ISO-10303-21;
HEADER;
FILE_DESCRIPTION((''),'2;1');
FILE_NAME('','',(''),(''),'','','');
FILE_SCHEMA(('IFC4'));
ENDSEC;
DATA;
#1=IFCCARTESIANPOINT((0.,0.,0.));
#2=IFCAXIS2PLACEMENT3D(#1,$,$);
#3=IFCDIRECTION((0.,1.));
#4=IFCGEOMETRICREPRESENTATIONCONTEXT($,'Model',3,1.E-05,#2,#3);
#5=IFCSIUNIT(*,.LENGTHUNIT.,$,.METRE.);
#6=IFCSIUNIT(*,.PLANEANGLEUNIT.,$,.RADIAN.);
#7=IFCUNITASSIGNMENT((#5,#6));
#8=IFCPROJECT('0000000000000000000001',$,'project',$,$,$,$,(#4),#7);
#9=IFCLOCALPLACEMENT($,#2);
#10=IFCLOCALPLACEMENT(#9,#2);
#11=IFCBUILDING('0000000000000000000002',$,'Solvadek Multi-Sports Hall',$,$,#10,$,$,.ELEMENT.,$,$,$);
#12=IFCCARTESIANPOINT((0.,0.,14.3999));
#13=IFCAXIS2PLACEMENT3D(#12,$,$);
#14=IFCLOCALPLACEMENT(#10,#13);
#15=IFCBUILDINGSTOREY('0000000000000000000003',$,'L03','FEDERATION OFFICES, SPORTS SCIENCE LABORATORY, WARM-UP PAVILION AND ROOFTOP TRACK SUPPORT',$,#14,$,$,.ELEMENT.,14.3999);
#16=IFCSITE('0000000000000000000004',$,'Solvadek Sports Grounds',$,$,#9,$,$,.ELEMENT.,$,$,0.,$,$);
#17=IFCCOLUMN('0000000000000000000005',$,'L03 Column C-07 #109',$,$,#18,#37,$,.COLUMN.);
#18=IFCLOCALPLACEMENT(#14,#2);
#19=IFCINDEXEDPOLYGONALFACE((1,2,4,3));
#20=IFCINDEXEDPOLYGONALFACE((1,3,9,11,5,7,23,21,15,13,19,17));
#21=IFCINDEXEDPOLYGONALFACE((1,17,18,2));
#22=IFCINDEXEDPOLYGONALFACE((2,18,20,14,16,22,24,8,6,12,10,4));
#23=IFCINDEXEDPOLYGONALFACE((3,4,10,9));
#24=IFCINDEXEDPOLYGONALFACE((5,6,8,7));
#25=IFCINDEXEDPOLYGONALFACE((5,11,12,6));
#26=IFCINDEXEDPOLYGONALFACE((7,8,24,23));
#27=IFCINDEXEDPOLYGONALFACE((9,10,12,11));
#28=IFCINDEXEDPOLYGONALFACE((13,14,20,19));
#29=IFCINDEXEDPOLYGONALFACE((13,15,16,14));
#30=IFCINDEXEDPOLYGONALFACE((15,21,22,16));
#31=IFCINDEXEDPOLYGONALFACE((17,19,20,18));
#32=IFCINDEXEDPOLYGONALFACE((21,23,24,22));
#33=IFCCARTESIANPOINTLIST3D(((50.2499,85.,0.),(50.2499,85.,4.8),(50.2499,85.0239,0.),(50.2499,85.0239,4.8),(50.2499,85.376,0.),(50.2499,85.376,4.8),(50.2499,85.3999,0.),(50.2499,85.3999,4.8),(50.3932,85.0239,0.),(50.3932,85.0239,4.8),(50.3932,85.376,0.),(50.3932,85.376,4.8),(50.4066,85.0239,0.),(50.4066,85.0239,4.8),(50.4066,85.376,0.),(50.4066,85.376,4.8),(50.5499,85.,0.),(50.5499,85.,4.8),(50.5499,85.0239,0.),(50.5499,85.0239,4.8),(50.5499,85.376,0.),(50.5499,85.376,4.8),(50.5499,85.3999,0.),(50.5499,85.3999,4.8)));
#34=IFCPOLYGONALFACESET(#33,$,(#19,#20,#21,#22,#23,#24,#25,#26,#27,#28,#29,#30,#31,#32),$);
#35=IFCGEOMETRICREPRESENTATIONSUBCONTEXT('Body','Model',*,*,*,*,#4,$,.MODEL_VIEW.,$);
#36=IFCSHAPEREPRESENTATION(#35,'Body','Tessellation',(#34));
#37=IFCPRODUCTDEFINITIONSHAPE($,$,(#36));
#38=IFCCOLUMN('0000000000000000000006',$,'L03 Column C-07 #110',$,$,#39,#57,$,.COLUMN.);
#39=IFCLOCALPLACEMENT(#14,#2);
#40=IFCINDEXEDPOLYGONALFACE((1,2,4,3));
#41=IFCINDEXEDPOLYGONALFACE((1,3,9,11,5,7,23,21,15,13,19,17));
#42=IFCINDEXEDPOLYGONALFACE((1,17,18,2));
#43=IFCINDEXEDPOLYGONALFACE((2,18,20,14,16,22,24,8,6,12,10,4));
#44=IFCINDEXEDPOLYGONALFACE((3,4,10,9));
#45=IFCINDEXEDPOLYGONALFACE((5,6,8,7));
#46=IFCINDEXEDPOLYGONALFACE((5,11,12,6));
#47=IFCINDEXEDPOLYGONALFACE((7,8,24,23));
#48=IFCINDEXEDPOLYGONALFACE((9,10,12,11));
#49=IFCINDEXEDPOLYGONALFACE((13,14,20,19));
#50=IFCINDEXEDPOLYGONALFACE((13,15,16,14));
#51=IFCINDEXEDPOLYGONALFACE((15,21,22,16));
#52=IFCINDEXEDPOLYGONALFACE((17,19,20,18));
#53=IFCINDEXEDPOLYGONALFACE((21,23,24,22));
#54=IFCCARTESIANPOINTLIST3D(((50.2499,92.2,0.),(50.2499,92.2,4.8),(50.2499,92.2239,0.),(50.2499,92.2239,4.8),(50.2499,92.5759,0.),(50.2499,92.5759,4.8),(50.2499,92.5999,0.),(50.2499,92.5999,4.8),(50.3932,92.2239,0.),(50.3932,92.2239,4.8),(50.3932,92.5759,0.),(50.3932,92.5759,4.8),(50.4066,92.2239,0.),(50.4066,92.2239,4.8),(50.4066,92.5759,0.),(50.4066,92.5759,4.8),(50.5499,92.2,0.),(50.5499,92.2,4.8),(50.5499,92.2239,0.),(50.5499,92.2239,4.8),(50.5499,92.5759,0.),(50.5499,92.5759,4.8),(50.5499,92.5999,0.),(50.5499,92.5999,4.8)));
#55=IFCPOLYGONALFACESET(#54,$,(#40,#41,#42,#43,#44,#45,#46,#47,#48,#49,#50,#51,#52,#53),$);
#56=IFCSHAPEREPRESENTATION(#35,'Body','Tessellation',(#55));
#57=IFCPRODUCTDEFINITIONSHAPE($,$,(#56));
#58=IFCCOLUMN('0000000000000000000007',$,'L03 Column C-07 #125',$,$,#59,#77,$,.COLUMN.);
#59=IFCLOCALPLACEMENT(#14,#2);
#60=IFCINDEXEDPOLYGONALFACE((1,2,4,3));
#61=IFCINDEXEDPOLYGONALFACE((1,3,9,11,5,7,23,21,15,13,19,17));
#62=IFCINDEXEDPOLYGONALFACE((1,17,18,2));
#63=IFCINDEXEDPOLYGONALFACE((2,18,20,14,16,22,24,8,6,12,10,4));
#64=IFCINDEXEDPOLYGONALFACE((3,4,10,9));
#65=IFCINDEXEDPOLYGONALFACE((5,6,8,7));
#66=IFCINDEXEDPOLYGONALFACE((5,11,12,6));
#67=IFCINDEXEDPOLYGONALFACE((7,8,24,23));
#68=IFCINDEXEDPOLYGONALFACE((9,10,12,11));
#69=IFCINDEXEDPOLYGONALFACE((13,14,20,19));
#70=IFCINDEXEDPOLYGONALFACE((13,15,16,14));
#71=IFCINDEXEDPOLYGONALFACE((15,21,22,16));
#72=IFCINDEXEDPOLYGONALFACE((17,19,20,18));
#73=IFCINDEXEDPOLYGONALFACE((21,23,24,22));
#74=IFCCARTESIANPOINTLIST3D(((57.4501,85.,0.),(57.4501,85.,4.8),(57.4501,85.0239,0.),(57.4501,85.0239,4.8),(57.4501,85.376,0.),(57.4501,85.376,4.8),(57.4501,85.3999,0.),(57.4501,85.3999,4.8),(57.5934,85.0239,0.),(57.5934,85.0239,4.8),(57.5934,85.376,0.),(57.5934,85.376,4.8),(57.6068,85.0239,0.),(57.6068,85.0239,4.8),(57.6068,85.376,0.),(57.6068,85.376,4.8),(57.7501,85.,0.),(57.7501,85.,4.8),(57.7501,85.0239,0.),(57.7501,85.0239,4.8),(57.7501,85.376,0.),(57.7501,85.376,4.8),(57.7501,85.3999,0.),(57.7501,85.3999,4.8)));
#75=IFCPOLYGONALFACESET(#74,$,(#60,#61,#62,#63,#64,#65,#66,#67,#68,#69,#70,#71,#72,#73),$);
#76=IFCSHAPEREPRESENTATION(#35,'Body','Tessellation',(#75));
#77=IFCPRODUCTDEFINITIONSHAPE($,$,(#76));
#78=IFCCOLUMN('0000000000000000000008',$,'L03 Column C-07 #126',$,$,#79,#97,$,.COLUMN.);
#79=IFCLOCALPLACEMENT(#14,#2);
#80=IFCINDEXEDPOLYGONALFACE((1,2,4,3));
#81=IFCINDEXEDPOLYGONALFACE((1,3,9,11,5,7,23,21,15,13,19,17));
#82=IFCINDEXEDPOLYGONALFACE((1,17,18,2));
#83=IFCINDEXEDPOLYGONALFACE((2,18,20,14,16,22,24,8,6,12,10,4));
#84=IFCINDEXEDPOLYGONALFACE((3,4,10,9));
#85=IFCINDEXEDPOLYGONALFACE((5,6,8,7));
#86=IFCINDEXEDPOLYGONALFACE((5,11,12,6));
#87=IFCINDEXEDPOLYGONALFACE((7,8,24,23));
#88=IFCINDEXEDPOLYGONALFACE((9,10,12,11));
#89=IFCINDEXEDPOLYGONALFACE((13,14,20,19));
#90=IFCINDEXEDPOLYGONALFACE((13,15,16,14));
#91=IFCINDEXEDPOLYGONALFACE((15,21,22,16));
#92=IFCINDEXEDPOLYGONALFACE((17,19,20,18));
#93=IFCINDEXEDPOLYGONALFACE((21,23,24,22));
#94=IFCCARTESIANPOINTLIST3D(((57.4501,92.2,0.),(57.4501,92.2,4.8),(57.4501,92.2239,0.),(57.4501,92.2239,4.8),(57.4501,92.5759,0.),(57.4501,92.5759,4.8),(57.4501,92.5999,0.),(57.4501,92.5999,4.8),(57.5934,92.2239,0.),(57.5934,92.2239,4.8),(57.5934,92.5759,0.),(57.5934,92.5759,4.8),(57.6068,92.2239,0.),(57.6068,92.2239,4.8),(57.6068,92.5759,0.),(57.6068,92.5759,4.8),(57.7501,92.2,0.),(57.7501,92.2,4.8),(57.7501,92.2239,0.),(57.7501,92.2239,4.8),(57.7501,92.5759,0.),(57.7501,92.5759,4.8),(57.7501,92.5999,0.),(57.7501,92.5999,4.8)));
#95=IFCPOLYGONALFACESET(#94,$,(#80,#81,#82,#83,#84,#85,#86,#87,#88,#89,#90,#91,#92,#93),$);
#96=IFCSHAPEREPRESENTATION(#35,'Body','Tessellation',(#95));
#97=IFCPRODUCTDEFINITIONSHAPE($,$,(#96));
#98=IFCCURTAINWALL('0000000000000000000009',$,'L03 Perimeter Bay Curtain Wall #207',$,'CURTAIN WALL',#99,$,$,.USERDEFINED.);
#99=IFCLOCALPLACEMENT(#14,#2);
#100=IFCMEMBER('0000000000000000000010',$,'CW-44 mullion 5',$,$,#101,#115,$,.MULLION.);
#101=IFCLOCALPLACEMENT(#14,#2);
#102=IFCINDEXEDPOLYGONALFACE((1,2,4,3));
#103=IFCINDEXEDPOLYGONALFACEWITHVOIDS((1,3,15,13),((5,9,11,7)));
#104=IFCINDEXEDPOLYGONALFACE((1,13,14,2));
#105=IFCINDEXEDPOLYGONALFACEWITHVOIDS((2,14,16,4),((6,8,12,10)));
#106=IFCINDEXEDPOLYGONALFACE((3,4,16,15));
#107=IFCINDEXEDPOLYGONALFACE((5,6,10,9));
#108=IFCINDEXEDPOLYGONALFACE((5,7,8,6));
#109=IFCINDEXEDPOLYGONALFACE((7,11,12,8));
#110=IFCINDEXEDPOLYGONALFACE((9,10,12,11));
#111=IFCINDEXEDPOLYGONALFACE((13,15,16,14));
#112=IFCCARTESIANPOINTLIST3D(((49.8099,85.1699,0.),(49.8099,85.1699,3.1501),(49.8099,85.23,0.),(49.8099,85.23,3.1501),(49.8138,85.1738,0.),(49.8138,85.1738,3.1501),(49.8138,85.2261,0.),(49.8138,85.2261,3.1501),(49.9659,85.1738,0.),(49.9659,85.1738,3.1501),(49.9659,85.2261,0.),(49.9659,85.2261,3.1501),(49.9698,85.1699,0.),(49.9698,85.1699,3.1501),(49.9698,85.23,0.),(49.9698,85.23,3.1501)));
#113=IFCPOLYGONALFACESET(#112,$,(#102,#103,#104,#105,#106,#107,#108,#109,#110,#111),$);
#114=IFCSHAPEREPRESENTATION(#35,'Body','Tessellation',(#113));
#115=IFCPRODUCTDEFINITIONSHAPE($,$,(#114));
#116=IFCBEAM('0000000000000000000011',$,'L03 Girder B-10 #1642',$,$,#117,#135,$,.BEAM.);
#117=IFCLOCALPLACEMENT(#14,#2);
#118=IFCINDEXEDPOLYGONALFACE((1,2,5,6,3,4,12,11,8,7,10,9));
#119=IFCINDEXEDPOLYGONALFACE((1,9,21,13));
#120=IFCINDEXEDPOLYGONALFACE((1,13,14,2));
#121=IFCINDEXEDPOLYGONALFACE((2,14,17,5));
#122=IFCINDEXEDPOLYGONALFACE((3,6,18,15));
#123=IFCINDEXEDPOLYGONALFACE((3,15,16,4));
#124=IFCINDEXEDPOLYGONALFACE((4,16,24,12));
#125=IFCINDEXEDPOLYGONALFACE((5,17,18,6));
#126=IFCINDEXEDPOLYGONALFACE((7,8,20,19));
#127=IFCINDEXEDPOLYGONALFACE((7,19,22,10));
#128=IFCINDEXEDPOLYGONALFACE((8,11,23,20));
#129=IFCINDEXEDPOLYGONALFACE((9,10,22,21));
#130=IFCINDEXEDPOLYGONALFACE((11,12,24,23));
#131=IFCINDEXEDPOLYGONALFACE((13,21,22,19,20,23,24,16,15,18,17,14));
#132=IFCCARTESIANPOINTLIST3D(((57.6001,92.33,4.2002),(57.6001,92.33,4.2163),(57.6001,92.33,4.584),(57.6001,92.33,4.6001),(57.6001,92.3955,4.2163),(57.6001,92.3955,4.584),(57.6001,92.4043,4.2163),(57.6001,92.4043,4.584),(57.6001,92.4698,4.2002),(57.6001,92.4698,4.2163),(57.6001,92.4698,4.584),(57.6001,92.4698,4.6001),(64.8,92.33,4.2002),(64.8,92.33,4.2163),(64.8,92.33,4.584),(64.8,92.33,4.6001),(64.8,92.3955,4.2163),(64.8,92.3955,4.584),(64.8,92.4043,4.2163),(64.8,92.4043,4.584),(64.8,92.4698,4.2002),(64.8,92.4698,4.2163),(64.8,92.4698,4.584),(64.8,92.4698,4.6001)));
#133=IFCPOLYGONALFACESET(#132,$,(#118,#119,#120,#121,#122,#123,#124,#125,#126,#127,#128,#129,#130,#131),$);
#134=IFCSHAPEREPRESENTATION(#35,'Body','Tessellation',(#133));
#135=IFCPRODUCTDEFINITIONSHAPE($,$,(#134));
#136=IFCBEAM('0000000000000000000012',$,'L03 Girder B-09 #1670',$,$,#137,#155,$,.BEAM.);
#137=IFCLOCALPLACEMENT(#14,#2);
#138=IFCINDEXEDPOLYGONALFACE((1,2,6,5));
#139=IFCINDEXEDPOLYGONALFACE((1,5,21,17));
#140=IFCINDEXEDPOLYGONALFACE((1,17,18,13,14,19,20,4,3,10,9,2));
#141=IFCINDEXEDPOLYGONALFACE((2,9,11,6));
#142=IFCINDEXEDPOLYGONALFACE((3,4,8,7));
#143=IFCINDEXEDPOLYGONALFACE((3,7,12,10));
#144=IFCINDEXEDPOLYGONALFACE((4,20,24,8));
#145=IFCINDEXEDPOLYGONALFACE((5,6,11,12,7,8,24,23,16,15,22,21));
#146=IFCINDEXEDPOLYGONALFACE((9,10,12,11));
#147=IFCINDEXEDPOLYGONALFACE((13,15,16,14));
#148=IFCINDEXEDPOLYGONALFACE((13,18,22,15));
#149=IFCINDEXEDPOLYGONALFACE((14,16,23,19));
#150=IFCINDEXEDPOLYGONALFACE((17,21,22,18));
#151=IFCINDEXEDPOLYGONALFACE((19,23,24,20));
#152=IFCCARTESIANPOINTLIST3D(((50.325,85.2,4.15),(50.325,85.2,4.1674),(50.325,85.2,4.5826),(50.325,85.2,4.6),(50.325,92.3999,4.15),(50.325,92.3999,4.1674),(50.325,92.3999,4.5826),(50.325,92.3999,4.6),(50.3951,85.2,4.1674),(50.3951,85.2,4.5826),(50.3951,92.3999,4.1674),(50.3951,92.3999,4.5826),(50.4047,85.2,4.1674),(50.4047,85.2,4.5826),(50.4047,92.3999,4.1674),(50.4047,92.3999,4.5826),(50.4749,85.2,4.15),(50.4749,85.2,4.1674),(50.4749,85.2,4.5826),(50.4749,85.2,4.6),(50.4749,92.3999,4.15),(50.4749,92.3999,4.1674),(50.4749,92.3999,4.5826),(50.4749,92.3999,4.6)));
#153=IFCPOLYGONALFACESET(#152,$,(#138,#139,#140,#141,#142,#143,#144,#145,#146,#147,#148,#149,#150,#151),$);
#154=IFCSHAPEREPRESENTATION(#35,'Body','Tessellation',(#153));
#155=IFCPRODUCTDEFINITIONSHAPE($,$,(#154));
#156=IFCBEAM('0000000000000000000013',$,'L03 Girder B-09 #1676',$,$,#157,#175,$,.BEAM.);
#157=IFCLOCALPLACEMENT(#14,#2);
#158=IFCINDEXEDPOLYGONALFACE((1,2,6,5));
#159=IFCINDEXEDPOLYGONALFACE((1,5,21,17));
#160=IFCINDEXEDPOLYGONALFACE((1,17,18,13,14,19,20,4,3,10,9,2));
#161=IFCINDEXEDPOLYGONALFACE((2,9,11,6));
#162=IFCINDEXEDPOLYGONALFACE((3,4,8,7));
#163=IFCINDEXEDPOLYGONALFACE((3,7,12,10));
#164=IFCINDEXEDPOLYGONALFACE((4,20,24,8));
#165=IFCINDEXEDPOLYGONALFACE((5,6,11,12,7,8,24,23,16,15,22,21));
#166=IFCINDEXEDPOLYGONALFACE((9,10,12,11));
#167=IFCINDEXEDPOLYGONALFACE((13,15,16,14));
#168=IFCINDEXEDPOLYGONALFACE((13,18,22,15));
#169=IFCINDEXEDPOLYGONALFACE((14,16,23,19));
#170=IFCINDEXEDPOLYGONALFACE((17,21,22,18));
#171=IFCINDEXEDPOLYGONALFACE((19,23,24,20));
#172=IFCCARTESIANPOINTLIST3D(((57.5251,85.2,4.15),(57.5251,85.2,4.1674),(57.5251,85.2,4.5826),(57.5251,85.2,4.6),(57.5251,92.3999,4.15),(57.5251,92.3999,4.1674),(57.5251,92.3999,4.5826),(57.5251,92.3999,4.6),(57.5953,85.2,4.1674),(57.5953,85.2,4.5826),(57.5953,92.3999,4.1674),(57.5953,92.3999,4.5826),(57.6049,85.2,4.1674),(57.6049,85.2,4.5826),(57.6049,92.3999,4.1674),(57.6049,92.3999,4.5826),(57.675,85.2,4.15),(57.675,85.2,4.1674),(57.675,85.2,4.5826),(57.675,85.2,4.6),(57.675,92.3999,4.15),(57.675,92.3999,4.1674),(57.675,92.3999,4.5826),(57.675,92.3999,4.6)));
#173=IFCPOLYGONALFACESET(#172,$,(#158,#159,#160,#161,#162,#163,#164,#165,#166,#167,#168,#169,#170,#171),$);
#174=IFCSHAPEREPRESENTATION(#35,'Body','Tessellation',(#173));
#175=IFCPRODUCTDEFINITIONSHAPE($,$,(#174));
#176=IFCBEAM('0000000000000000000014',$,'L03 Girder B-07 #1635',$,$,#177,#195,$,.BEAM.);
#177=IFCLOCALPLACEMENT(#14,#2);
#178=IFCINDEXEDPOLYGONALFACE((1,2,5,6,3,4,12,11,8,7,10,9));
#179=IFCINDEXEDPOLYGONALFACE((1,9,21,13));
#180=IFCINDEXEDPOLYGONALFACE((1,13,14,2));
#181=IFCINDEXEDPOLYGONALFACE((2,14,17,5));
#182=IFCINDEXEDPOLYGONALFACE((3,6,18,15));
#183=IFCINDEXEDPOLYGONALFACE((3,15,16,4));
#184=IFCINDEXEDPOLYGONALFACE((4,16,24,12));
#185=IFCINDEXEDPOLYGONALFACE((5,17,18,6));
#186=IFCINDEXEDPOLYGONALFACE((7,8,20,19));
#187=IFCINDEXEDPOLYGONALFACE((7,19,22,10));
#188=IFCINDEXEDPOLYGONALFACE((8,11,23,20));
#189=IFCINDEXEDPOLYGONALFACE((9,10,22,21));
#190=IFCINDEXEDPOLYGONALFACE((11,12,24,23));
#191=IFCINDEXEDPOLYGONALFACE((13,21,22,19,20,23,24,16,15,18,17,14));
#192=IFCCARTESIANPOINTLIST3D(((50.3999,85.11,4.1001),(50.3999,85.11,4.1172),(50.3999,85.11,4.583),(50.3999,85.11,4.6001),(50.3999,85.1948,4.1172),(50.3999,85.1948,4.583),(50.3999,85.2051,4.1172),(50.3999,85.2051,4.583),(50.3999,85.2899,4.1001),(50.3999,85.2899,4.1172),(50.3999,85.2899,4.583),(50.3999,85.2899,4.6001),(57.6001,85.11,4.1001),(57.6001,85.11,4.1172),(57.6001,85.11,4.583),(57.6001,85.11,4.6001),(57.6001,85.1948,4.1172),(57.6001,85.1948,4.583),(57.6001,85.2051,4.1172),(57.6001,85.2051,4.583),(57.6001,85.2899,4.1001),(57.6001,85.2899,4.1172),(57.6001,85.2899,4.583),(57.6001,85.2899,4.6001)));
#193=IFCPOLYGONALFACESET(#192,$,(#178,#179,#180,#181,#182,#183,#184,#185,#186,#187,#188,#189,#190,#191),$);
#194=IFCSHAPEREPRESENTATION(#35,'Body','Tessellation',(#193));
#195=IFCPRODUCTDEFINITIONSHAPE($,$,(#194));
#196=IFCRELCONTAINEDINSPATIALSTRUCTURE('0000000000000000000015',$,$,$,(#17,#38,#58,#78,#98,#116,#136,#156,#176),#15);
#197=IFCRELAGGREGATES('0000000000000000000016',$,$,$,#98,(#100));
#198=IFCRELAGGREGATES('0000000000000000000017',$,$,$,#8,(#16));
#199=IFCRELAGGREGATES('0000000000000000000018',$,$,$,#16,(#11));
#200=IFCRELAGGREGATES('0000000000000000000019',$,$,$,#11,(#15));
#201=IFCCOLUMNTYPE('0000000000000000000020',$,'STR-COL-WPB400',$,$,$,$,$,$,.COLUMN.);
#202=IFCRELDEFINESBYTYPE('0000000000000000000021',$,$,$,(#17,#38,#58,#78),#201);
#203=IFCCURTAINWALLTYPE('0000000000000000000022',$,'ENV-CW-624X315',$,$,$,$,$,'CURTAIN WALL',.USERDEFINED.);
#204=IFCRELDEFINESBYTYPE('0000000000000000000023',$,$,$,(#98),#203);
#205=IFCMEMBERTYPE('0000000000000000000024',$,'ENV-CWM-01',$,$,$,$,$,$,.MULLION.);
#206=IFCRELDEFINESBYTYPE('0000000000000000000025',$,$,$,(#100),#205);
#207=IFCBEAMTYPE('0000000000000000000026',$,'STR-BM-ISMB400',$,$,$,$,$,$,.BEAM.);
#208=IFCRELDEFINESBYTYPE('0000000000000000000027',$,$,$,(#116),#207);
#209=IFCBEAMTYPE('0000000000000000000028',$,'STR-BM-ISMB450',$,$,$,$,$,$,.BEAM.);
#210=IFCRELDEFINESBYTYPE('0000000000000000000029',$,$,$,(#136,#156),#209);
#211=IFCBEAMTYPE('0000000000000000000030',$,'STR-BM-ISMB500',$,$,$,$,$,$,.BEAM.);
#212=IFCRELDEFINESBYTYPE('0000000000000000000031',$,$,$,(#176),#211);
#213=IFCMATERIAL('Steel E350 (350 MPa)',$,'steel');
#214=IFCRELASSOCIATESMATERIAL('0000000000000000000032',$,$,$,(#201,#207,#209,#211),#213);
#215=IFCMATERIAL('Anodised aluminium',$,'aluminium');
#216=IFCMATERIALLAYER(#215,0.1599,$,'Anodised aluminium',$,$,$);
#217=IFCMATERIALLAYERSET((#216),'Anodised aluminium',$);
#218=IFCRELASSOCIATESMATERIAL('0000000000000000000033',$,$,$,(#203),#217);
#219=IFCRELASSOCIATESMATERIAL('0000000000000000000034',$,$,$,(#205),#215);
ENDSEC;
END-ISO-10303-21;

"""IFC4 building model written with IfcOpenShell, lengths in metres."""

from ifc_helpers import new_model, si_unit, direction, frame, origin, origin_2d, place, context, subcontext, project, spatial, hollow_rectangle, i_section, extrude, material, layer, layer_set, material_profile, profile_set, type_object, element, aggregate, save


model = new_model("IFC4")

# Units and contexts
model_context = context("Model", 3, precision=1e-05, world=origin(), true_north=direction((0.0, 1.0)))
body_context = subcontext(model_context, "Body", "Model", "MODEL_VIEW")
ifc_project = project(units=[si_unit("LENGTHUNIT", "METRE"), si_unit("PLANEANGLEUNIT", "RADIAN")], contexts=[model_context])

# Site, building, storey
site_placement = place(None, origin())
site = spatial("IfcSite", under=ifc_project, at=site_placement, Name="Solvadek Sports Grounds", CompositionType="ELEMENT", RefElevation=0.0)
building_placement = place(site_placement, origin())
building = spatial("IfcBuilding", under=site, at=building_placement, Name="Solvadek Multi-Sports Hall", CompositionType="ELEMENT")
storey_placement = place(building_placement, frame((0.0, 0.0, 14.3999)))
storey = spatial("IfcBuildingStorey", under=building, at=storey_placement, Name="L03", Description="FEDERATION OFFICES, SPORTS SCIENCE LABORATORY, WARM-UP PAVILION AND ROOFTOP TRACK SUPPORT", CompositionType="ELEMENT", Elevation=14.3999)

# Columns
ifc_material_1 = material(Name="Steel E350 (350 MPa)", Category="steel")
ifc_material_profile_1 = material_profile(ifc_material_1, i_section(OverallWidth=0.3, OverallDepth=0.3999, WebThickness=0.0134, FlangeThickness=0.0239, at=origin_2d()), Name="WPB 400")
ifc_profile_set_1 = profile_set([ifc_material_profile_1], Name="Steel E350 (350 MPa)")
column_type = type_object("IfcColumnType", Name="STR-COL-WPB400", PredefinedType="COLUMN", material=ifc_profile_set_1)
for number, where, z_axis, x_axis, name in (
    (1, (50.3999, 85.2, 0.0), (0.0, 0.0, 1.0), (1.0, 0.0, 0.0), "L03 Column C-07 #109"),
    (2, (50.3999, 92.3999, 0.0), (0.0, 0.0, 1.0), (1.0, 0.0, 0.0), "L03 Column C-07 #110"),
    (3, (57.6001, 85.2, 0.0), (0.0, 0.0, 1.0), (1.0, 0.0, 0.0), "L03 Column C-07 #125"),
    (4, (57.6001, 92.3999, 0.0), (0.0, 0.0, 1.0), (1.0, 0.0, 0.0), "L03 Column C-07 #126"),
):
    element("IfcColumn", number, at=place(storey_placement, frame(where, z_axis=z_axis, x_axis=x_axis)), inside=storey, type_object=column_type, Name=name, PredefinedType="COLUMN", context=body_context, shape_type="SweptSolid", body=[
        extrude(i_section(OverallWidth=0.3, OverallDepth=0.3999, WebThickness=0.0134, FlangeThickness=0.0239, at=origin_2d()), origin(), (0.0, 0.0, 1.0), 4.8),
    ])

# Curtain wall, member
ifc_material_2 = material(Name="Anodised aluminium", Category="aluminium")
ifc_layer_1 = layer(ifc_material_2, 0.1599, Name="Anodised aluminium")
ifc_layer_set_1 = layer_set([ifc_layer_1], Name="Anodised aluminium")
curtain_wall_type = type_object("IfcCurtainWallType", Name="ENV-CW-624X315", ElementType="CURTAIN WALL", PredefinedType="USERDEFINED", material=ifc_layer_set_1)
curtain_wall_placement = place(storey_placement, origin())
curtain_wall = element("IfcCurtainWall", 5, at=curtain_wall_placement, inside=storey, type_object=curtain_wall_type, Name="L03 Perimeter Bay Curtain Wall #207", ObjectType="CURTAIN WALL", PredefinedType="USERDEFINED")
ifc_material_profile_2 = material_profile(ifc_material_2, hollow_rectangle(XDim=0.0601, YDim=0.1599, WallThickness=0.0039, at=origin_2d()), Name="ALU-M 160x60x4")
ifc_profile_set_2 = profile_set([ifc_material_profile_2], Name="Anodised aluminium")
member_type = type_object("IfcMemberType", Name="ENV-CWM-01", PredefinedType="MULLION", material=ifc_profile_set_2)
member_placement = place(storey_placement, frame((49.8899, 85.2, 0.0), z_axis=(0.0, 0.0, 1.0), x_axis=(0.0, 1.0, 0.0)))
member = element("IfcMember", 6, at=member_placement, type_object=member_type, Name="CW-44 mullion 5", PredefinedType="MULLION", context=body_context, shape_type="SweptSolid", body=[
    extrude(hollow_rectangle(XDim=0.0601, YDim=0.1599, WallThickness=0.0039, at=origin_2d()), origin(), (0.0, 0.0, 1.0), 3.1501),
])

# Beams
ifc_material_profile_3 = material_profile(ifc_material_1, i_section(OverallWidth=0.1399, OverallDepth=0.3999, WebThickness=0.0088, FlangeThickness=0.0161, at=origin_2d()), Name="ISMB 400")
ifc_profile_set_3 = profile_set([ifc_material_profile_3], Name="Steel E350 (350 MPa)")
beam_type_1 = type_object("IfcBeamType", Name="STR-BM-ISMB400", PredefinedType="BEAM", material=ifc_profile_set_3)
beam_placement = place(storey_placement, frame((57.6001, 92.3999, 4.4001), z_axis=(1.0, 0.0, 0.0), x_axis=(0.0, 1.0, 0.0)))
element("IfcBeam", 7, at=beam_placement, inside=storey, type_object=beam_type_1, Name="L03 Girder B-10 #1642", PredefinedType="BEAM", context=body_context, shape_type="SweptSolid", body=[
    extrude(i_section(OverallWidth=0.1399, OverallDepth=0.3999, WebThickness=0.0088, FlangeThickness=0.0161, at=origin_2d()), origin(), (0.0, 0.0, 1.0), 7.2),
])
ifc_material_profile_4 = material_profile(ifc_material_1, i_section(OverallWidth=0.1499, OverallDepth=0.45, WebThickness=0.0095, FlangeThickness=0.0173, at=origin_2d()), Name="ISMB 450")
ifc_profile_set_4 = profile_set([ifc_material_profile_4], Name="Steel E350 (350 MPa)")
beam_type_2 = type_object("IfcBeamType", Name="STR-BM-ISMB450", PredefinedType="BEAM", material=ifc_profile_set_4)
for number, where, z_axis, x_axis, name in (
    (8, (50.3999, 85.2, 4.375), (0.0, 1.0, 0.0), (-1.0, 0.0, 0.0), "L03 Girder B-09 #1670"),
    (9, (57.6001, 85.2, 4.375), (0.0, 1.0, 0.0), (-1.0, 0.0, 0.0), "L03 Girder B-09 #1676"),
):
    element("IfcBeam", number, at=place(storey_placement, frame(where, z_axis=z_axis, x_axis=x_axis)), inside=storey, type_object=beam_type_2, Name=name, PredefinedType="BEAM", context=body_context, shape_type="SweptSolid", body=[
        extrude(i_section(OverallWidth=0.1499, OverallDepth=0.45, WebThickness=0.0095, FlangeThickness=0.0173, at=origin_2d()), origin(), (0.0, 0.0, 1.0), 7.2),
    ])
ifc_material_profile_5 = material_profile(ifc_material_1, i_section(OverallWidth=0.1799, OverallDepth=0.5, WebThickness=0.0103, FlangeThickness=0.0171, at=origin_2d()), Name="ISMB 500")
ifc_profile_set_5 = profile_set([ifc_material_profile_5], Name="Steel E350 (350 MPa)")
beam_type_3 = type_object("IfcBeamType", Name="STR-BM-ISMB500", PredefinedType="BEAM", material=ifc_profile_set_5)
for number, where, z_axis, x_axis, name in (
    (10, (50.3999, 85.2, 4.3501), (1.0, 0.0, 0.0), (0.0, 1.0, 0.0), "L03 Girder B-07 #1635"),
):
    element("IfcBeam", number, at=place(storey_placement, frame(where, z_axis=z_axis, x_axis=x_axis)), inside=storey, type_object=beam_type_3, Name=name, PredefinedType="BEAM", context=body_context, shape_type="SweptSolid", body=[
        extrude(i_section(OverallWidth=0.1799, OverallDepth=0.5, WebThickness=0.0103, FlangeThickness=0.0171, at=origin_2d()), origin(), (0.0, 0.0, 1.0), 7.2002),
    ])

aggregate(curtain_wall, [member])

save(model, "model.ifc")
